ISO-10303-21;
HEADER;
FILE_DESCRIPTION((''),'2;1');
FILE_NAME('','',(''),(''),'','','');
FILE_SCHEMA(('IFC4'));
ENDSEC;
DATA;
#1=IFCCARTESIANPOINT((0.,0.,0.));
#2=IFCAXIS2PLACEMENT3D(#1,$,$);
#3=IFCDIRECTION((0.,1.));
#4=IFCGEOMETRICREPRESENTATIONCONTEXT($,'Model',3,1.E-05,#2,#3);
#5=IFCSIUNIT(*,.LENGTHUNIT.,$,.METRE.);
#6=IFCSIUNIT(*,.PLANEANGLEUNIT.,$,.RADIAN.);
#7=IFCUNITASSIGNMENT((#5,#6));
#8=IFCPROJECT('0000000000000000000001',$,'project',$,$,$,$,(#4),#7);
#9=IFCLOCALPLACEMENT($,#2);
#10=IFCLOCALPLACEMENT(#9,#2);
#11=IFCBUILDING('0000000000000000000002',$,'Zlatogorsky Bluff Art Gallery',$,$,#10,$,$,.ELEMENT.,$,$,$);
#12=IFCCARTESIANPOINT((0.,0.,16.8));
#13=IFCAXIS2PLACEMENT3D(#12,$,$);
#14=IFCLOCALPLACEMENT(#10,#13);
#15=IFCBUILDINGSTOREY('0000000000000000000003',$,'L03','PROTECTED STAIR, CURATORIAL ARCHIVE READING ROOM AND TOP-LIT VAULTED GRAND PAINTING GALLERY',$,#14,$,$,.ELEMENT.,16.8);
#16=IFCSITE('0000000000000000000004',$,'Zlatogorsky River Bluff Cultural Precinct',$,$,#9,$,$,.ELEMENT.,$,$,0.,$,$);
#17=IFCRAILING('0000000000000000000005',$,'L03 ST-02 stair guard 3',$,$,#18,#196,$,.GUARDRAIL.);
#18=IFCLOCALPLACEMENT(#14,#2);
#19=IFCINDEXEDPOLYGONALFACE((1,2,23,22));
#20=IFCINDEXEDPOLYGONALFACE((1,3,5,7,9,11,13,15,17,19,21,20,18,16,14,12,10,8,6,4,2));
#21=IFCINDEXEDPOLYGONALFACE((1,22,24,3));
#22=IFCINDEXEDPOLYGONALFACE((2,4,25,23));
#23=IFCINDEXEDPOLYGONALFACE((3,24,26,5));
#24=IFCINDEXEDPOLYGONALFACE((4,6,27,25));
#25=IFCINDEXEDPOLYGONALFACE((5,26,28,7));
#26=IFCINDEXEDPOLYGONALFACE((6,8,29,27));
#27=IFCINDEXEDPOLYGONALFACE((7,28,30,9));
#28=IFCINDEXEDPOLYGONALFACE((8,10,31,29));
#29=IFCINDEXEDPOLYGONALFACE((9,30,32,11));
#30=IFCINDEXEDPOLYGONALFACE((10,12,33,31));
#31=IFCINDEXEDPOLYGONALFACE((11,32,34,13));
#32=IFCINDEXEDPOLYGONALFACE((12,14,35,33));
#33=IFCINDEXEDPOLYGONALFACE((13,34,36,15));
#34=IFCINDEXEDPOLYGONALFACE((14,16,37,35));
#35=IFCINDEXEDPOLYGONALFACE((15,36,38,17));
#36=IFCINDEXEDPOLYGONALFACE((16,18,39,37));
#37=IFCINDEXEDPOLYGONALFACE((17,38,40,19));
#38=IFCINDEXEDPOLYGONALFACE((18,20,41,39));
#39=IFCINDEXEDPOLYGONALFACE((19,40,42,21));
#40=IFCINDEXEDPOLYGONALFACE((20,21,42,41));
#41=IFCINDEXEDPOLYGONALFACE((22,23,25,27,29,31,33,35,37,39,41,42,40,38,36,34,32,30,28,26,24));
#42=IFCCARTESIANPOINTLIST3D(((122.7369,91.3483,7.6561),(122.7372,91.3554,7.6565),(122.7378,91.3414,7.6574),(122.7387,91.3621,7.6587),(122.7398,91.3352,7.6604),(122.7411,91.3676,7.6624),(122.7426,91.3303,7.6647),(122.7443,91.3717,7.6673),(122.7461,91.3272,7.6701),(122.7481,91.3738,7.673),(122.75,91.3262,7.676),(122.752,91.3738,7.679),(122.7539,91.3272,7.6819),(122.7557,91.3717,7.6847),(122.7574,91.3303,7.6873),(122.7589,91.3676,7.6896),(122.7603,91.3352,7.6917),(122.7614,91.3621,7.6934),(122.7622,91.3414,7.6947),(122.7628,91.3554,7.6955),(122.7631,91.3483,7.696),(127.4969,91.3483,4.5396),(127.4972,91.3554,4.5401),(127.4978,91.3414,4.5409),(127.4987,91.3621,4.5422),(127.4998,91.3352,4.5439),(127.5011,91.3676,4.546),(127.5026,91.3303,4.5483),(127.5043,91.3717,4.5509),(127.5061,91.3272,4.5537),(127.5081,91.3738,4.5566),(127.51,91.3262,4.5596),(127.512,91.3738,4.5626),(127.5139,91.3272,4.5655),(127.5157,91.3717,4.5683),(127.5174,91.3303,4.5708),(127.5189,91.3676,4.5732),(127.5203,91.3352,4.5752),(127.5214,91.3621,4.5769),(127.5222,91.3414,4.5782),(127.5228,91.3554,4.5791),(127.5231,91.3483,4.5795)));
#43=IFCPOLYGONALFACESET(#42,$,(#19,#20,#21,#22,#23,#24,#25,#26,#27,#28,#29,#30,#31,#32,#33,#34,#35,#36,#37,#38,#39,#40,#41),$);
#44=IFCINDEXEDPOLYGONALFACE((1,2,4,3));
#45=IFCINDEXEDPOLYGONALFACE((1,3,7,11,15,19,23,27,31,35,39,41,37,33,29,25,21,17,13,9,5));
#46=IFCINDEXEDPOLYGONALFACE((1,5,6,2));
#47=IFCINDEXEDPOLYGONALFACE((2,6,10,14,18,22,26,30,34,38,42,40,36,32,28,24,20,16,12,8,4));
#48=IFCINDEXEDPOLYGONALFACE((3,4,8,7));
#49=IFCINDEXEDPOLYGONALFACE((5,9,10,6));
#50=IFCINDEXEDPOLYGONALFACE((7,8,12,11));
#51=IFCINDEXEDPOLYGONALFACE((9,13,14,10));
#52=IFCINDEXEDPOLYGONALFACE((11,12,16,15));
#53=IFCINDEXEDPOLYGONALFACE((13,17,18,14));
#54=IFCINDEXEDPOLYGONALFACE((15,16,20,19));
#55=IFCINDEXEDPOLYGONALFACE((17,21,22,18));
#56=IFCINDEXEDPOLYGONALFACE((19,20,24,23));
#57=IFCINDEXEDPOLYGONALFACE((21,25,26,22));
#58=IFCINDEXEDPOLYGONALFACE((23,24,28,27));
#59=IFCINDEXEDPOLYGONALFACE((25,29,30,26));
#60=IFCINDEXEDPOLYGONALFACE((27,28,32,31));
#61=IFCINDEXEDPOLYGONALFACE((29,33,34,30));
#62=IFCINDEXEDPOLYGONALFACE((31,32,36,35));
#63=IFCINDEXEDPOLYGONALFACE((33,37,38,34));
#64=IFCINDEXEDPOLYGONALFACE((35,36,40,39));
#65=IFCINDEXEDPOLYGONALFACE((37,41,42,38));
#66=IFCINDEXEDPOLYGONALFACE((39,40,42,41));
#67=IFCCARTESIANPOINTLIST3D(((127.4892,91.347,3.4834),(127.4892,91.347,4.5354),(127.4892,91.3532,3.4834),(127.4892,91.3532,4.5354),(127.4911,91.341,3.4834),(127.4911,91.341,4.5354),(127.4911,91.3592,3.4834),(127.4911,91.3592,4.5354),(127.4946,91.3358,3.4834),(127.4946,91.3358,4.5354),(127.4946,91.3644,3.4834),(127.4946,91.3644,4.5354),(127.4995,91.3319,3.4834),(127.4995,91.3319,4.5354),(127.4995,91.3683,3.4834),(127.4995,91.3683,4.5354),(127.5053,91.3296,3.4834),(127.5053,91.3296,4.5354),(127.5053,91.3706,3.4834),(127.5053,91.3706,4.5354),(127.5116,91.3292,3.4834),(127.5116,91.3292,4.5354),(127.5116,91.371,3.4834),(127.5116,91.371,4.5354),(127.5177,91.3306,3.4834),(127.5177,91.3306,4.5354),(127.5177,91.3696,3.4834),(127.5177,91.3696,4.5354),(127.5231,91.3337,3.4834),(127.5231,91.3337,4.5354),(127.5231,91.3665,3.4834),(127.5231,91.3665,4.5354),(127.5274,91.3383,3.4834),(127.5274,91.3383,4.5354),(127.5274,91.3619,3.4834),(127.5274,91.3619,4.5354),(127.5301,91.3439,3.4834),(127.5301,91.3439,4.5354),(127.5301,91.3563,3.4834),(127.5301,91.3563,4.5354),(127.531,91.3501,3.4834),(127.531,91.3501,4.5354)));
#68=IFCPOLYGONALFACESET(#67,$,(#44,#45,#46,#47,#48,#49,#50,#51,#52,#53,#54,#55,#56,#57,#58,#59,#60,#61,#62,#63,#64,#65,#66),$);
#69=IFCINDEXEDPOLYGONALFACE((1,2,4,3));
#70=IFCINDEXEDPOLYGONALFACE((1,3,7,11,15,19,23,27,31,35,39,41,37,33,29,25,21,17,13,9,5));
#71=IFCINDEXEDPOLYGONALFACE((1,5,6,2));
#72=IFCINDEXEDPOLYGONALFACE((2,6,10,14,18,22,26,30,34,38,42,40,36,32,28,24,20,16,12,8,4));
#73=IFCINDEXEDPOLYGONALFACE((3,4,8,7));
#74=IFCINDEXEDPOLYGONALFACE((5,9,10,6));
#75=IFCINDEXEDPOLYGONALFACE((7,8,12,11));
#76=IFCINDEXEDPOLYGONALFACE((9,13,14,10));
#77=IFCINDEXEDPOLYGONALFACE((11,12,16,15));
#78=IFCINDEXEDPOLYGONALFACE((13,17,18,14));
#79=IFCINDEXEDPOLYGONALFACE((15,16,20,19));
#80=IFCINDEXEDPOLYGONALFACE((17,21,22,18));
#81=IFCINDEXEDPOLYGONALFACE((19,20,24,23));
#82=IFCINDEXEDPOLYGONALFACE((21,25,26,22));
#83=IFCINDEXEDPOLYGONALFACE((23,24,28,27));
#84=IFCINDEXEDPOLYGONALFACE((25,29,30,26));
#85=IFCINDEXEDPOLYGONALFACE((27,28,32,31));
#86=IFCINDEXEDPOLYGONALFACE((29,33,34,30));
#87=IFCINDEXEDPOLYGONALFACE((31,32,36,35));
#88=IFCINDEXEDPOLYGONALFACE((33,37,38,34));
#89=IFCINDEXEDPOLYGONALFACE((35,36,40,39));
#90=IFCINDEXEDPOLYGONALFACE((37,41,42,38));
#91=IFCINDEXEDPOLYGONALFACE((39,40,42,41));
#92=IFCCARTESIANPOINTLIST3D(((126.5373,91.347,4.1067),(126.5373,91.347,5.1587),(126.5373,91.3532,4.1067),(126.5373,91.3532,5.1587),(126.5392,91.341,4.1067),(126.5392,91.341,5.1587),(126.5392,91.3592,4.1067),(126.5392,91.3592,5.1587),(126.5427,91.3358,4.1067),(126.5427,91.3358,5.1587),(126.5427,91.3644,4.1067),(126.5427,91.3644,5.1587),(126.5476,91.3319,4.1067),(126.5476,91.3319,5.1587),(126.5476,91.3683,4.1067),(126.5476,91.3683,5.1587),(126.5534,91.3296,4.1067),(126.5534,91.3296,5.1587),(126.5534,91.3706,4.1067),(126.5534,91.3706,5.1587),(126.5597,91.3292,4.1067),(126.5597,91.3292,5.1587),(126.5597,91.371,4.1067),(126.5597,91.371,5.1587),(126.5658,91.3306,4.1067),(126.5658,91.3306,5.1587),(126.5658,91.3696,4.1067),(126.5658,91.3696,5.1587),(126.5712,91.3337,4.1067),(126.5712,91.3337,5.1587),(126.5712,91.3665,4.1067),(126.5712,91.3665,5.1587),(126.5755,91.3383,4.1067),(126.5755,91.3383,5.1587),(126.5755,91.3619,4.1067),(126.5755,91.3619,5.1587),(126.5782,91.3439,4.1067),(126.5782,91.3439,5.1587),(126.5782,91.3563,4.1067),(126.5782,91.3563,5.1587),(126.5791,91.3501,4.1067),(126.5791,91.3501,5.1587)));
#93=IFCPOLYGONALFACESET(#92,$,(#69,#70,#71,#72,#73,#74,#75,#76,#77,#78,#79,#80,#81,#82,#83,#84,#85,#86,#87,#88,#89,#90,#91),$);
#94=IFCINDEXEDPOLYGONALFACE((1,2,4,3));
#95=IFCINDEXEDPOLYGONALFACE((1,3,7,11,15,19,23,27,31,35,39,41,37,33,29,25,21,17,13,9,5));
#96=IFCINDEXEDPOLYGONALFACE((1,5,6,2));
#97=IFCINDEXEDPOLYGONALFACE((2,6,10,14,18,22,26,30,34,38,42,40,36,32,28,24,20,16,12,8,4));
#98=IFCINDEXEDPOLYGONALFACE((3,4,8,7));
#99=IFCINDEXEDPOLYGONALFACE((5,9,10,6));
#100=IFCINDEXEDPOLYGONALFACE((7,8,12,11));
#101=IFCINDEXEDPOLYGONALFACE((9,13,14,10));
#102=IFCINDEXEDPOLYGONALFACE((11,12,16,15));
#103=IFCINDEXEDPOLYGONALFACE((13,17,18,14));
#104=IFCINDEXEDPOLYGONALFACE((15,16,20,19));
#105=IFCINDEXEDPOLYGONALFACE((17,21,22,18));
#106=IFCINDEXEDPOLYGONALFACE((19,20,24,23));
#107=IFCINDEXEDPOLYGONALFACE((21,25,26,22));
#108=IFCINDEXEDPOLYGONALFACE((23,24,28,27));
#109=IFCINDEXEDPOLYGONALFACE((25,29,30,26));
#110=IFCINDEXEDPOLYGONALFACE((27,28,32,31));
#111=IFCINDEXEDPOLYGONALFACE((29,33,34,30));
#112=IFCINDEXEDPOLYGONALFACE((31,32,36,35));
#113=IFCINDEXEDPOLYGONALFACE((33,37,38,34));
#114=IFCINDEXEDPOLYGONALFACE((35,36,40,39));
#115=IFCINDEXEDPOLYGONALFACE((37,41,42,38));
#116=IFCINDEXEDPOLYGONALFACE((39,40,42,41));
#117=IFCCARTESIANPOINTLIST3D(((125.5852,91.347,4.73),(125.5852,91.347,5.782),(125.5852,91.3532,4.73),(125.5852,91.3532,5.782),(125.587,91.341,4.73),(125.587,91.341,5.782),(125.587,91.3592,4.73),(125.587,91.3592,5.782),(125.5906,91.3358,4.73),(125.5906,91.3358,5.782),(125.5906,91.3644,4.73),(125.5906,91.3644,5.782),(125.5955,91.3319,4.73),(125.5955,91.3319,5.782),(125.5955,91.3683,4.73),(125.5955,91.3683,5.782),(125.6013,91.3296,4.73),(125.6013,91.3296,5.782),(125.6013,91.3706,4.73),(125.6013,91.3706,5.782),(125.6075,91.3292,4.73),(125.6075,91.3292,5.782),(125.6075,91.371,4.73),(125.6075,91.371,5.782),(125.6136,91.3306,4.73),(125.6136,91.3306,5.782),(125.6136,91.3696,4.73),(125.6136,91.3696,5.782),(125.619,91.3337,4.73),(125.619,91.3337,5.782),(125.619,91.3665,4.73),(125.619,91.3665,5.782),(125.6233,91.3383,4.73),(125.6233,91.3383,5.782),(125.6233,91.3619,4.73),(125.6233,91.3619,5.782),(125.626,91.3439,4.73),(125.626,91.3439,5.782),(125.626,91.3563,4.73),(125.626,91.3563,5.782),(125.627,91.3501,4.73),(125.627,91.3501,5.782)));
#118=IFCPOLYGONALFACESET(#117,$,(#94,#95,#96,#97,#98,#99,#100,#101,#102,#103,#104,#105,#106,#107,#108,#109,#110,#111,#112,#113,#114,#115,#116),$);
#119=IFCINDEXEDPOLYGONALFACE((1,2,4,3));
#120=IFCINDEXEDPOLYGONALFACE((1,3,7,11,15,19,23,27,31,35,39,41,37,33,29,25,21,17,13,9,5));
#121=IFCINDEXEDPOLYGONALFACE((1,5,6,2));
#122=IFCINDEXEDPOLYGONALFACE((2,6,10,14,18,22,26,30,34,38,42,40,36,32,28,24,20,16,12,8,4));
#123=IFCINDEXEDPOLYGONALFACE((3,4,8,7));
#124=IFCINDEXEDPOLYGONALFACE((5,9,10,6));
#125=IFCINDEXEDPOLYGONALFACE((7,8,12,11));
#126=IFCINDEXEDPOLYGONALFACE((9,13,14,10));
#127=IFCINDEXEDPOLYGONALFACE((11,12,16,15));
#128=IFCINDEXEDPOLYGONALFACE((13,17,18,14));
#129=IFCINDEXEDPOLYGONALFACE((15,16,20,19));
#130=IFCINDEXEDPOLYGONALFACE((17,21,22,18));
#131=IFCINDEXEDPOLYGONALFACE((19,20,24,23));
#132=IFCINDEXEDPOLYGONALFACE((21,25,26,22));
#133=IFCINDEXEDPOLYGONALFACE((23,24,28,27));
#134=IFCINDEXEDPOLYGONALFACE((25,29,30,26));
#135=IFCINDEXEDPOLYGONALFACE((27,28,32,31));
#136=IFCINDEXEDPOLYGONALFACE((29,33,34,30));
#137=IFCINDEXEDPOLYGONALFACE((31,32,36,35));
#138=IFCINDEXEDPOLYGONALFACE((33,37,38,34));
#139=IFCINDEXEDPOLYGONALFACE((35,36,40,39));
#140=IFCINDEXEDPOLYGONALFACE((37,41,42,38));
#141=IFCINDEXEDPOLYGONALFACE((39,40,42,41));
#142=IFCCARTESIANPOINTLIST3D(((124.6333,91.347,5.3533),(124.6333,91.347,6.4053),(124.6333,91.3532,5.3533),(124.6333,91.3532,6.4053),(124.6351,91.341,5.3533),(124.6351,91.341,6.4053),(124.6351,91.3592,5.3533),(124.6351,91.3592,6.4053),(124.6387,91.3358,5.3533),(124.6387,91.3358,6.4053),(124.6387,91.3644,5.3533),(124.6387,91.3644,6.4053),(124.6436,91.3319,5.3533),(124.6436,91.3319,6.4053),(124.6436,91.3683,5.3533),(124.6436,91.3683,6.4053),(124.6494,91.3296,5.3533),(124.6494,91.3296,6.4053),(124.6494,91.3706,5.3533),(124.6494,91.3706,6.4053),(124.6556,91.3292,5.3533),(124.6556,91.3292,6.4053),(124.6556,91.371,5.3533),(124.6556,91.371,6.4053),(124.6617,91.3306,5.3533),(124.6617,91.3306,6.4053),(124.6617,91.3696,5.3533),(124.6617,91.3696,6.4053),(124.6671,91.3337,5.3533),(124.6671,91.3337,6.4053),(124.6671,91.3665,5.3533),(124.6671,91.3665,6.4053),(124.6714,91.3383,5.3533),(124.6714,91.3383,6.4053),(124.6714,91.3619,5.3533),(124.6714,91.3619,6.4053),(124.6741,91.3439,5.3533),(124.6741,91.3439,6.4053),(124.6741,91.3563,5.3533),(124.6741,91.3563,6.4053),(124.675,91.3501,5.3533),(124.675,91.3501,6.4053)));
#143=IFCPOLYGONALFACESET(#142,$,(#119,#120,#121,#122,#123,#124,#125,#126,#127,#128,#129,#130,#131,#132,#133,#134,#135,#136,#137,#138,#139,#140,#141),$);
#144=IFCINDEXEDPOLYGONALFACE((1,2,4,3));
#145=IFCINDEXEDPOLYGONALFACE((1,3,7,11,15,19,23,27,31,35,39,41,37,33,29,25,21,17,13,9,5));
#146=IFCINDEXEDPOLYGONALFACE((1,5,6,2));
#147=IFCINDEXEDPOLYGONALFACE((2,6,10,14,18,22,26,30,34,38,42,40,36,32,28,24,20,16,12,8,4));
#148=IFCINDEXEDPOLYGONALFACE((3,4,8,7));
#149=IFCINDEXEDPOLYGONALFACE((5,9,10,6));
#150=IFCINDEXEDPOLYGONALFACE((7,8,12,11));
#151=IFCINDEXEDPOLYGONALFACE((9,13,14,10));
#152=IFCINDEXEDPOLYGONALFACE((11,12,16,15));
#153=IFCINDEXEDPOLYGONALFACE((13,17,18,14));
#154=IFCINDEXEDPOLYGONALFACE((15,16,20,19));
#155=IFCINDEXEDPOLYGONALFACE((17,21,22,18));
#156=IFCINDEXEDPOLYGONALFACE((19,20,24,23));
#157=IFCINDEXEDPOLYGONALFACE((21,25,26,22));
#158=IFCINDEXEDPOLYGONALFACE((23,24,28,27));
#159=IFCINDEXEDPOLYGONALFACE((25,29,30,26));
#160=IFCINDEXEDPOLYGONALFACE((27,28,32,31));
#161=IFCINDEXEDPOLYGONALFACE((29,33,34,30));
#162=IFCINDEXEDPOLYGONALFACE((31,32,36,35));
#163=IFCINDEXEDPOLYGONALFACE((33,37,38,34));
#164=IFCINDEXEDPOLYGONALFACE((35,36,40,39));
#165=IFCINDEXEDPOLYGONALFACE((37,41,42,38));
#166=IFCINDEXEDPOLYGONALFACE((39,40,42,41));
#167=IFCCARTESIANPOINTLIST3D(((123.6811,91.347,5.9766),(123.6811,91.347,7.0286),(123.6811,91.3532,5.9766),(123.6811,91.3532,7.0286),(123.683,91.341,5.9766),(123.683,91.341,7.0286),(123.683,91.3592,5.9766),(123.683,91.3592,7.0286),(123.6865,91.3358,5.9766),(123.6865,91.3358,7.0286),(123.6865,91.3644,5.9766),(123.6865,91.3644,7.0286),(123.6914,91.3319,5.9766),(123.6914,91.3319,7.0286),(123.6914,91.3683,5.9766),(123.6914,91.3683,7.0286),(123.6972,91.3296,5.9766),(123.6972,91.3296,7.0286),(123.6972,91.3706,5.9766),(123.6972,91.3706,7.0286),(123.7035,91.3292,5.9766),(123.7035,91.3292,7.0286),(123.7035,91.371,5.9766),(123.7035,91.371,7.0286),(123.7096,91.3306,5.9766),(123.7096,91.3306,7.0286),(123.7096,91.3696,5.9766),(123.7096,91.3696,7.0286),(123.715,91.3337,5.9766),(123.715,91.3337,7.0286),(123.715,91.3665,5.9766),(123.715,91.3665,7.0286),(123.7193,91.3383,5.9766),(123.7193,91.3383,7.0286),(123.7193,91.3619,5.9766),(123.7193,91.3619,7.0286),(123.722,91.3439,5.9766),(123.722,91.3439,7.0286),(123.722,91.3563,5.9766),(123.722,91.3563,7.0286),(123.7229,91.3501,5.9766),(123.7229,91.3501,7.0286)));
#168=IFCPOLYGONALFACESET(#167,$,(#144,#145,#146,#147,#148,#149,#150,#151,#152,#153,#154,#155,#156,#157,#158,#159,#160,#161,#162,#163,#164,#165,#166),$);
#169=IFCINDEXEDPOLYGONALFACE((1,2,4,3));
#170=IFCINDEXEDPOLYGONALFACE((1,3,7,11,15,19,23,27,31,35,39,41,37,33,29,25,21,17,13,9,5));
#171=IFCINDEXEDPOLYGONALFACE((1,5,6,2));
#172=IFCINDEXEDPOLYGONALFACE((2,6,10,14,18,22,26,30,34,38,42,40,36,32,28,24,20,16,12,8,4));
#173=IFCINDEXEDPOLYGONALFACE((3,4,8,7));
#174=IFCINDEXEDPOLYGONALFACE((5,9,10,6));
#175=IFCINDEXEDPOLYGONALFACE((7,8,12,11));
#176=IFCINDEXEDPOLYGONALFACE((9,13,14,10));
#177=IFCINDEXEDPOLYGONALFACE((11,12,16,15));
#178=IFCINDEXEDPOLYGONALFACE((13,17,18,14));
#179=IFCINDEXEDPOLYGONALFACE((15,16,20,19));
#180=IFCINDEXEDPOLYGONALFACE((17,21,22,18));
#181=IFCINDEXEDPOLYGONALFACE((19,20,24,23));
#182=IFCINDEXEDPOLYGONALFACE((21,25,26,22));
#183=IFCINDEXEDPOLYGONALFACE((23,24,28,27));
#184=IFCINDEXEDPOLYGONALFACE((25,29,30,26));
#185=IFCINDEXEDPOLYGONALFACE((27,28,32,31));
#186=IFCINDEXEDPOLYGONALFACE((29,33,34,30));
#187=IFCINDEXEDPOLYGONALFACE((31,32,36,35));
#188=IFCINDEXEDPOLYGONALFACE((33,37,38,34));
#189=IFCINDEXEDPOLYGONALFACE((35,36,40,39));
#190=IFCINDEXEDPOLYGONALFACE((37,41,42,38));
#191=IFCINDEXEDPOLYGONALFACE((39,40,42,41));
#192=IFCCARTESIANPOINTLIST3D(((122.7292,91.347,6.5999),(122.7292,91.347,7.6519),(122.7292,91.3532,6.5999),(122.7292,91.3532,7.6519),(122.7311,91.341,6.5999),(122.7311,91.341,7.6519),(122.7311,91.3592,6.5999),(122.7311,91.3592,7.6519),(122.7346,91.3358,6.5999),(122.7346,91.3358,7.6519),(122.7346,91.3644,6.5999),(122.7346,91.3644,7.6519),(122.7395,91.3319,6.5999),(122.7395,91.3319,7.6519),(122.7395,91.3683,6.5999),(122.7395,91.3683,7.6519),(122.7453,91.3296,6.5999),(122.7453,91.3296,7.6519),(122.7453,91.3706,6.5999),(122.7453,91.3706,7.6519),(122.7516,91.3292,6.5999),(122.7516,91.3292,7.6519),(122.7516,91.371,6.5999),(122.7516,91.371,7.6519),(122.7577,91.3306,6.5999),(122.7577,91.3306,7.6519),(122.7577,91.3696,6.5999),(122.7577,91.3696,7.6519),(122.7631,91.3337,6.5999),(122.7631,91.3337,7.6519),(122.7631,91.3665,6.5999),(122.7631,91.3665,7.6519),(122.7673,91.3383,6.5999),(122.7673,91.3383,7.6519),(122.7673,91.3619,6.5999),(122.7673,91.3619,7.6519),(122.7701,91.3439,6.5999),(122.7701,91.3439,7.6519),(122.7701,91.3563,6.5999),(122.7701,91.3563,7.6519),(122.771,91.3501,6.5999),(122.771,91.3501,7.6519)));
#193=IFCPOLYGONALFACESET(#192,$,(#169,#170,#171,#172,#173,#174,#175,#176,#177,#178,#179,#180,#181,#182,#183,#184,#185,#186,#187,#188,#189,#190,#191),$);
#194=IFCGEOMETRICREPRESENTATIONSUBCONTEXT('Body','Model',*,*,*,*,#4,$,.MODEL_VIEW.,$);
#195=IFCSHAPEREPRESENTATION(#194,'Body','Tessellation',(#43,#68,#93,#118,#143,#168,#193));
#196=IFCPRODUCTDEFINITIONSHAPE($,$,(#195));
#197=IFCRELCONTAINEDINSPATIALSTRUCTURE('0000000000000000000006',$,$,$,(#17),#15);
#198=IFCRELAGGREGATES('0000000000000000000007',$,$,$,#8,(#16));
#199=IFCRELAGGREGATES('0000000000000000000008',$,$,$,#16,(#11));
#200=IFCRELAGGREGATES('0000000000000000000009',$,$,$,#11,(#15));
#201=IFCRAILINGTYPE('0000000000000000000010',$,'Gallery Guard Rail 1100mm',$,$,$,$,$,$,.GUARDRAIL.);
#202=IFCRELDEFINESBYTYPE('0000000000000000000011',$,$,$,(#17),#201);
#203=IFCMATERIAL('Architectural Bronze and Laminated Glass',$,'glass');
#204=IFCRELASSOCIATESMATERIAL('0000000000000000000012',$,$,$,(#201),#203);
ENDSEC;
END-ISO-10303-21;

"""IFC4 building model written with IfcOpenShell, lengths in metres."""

from ifc_helpers import new_model, si_unit, direction, frame, origin, origin_2d, place, context, subcontext, project, spatial, circle, extrude, material, type_object, element, save


model = new_model("IFC4")

# Units and contexts
model_context = context("Model", 3, precision=1e-05, world=origin(), true_north=direction((0.0, 1.0)))
body_context = subcontext(model_context, "Body", "Model", "MODEL_VIEW")
ifc_project = project(units=[si_unit("LENGTHUNIT", "METRE"), si_unit("PLANEANGLEUNIT", "RADIAN")], contexts=[model_context])

# Site, building, storey
site_placement = place(None, origin())
site = spatial("IfcSite", under=ifc_project, at=site_placement, Name="Zlatogorsky River Bluff Cultural Precinct", CompositionType="ELEMENT", RefElevation=0.0)
building_placement = place(site_placement, origin())
building = spatial("IfcBuilding", under=site, at=building_placement, Name="Zlatogorsky Bluff Art Gallery", CompositionType="ELEMENT")
storey_placement = place(building_placement, frame((0.0, 0.0, 16.8)))
storey = spatial("IfcBuildingStorey", under=building, at=storey_placement, Name="L03", Description="PROTECTED STAIR, CURATORIAL ARCHIVE READING ROOM AND TOP-LIT VAULTED GRAND PAINTING GALLERY", CompositionType="ELEMENT", Elevation=16.8)

# Railing
ifc_material_1 = material(Name="Architectural Bronze and Laminated Glass", Category="glass")
railing_type_1 = type_object("IfcRailingType", Name="Gallery Guard Rail 1100mm", PredefinedType="GUARDRAIL", material=ifc_material_1)
railing_1_placement = place(storey_placement, frame((127.51, 91.3501, 3.4834)))
element("IfcRailing", 1, at=railing_1_placement, inside=storey, type_object=railing_type_1, Name="L03 ST-02 stair guard 3", PredefinedType="GUARDRAIL", context=body_context, shape_type="SweptSolid", body=[
    extrude(circle(Radius=0.0239, at=origin_2d()), frame((0.0, 0.0, 1.0762), z_axis=(-0.836636, 0.0, 0.547759), x_axis=(0.0, -1.0, 0.0)), (0.0, 0.0, 1.0), 5.6895),
    extrude(circle(Radius=0.021, at=origin_2d()), origin(), (0.0, 0.0, 1.0), 1.052),
    extrude(circle(Radius=0.021, at=origin_2d()), frame((-0.9519, 0.0, 0.6233)), (0.0, 0.0, 1.0), 1.052),
    extrude(circle(Radius=0.021, at=origin_2d()), frame((-1.9041, 0.0, 1.2466)), (0.0, 0.0, 1.0), 1.052),
    extrude(circle(Radius=0.021, at=origin_2d()), frame((-2.856, 0.0, 1.8699)), (0.0, 0.0, 1.0), 1.052),
    extrude(circle(Radius=0.021, at=origin_2d()), frame((-3.8081, 0.0, 2.4932)), (0.0, 0.0, 1.0), 1.052),
    extrude(circle(Radius=0.021, at=origin_2d()), frame((-4.76, 0.0, 3.1165)), (0.0, 0.0, 1.0), 1.052),
])

save(model, "model.ifc")
